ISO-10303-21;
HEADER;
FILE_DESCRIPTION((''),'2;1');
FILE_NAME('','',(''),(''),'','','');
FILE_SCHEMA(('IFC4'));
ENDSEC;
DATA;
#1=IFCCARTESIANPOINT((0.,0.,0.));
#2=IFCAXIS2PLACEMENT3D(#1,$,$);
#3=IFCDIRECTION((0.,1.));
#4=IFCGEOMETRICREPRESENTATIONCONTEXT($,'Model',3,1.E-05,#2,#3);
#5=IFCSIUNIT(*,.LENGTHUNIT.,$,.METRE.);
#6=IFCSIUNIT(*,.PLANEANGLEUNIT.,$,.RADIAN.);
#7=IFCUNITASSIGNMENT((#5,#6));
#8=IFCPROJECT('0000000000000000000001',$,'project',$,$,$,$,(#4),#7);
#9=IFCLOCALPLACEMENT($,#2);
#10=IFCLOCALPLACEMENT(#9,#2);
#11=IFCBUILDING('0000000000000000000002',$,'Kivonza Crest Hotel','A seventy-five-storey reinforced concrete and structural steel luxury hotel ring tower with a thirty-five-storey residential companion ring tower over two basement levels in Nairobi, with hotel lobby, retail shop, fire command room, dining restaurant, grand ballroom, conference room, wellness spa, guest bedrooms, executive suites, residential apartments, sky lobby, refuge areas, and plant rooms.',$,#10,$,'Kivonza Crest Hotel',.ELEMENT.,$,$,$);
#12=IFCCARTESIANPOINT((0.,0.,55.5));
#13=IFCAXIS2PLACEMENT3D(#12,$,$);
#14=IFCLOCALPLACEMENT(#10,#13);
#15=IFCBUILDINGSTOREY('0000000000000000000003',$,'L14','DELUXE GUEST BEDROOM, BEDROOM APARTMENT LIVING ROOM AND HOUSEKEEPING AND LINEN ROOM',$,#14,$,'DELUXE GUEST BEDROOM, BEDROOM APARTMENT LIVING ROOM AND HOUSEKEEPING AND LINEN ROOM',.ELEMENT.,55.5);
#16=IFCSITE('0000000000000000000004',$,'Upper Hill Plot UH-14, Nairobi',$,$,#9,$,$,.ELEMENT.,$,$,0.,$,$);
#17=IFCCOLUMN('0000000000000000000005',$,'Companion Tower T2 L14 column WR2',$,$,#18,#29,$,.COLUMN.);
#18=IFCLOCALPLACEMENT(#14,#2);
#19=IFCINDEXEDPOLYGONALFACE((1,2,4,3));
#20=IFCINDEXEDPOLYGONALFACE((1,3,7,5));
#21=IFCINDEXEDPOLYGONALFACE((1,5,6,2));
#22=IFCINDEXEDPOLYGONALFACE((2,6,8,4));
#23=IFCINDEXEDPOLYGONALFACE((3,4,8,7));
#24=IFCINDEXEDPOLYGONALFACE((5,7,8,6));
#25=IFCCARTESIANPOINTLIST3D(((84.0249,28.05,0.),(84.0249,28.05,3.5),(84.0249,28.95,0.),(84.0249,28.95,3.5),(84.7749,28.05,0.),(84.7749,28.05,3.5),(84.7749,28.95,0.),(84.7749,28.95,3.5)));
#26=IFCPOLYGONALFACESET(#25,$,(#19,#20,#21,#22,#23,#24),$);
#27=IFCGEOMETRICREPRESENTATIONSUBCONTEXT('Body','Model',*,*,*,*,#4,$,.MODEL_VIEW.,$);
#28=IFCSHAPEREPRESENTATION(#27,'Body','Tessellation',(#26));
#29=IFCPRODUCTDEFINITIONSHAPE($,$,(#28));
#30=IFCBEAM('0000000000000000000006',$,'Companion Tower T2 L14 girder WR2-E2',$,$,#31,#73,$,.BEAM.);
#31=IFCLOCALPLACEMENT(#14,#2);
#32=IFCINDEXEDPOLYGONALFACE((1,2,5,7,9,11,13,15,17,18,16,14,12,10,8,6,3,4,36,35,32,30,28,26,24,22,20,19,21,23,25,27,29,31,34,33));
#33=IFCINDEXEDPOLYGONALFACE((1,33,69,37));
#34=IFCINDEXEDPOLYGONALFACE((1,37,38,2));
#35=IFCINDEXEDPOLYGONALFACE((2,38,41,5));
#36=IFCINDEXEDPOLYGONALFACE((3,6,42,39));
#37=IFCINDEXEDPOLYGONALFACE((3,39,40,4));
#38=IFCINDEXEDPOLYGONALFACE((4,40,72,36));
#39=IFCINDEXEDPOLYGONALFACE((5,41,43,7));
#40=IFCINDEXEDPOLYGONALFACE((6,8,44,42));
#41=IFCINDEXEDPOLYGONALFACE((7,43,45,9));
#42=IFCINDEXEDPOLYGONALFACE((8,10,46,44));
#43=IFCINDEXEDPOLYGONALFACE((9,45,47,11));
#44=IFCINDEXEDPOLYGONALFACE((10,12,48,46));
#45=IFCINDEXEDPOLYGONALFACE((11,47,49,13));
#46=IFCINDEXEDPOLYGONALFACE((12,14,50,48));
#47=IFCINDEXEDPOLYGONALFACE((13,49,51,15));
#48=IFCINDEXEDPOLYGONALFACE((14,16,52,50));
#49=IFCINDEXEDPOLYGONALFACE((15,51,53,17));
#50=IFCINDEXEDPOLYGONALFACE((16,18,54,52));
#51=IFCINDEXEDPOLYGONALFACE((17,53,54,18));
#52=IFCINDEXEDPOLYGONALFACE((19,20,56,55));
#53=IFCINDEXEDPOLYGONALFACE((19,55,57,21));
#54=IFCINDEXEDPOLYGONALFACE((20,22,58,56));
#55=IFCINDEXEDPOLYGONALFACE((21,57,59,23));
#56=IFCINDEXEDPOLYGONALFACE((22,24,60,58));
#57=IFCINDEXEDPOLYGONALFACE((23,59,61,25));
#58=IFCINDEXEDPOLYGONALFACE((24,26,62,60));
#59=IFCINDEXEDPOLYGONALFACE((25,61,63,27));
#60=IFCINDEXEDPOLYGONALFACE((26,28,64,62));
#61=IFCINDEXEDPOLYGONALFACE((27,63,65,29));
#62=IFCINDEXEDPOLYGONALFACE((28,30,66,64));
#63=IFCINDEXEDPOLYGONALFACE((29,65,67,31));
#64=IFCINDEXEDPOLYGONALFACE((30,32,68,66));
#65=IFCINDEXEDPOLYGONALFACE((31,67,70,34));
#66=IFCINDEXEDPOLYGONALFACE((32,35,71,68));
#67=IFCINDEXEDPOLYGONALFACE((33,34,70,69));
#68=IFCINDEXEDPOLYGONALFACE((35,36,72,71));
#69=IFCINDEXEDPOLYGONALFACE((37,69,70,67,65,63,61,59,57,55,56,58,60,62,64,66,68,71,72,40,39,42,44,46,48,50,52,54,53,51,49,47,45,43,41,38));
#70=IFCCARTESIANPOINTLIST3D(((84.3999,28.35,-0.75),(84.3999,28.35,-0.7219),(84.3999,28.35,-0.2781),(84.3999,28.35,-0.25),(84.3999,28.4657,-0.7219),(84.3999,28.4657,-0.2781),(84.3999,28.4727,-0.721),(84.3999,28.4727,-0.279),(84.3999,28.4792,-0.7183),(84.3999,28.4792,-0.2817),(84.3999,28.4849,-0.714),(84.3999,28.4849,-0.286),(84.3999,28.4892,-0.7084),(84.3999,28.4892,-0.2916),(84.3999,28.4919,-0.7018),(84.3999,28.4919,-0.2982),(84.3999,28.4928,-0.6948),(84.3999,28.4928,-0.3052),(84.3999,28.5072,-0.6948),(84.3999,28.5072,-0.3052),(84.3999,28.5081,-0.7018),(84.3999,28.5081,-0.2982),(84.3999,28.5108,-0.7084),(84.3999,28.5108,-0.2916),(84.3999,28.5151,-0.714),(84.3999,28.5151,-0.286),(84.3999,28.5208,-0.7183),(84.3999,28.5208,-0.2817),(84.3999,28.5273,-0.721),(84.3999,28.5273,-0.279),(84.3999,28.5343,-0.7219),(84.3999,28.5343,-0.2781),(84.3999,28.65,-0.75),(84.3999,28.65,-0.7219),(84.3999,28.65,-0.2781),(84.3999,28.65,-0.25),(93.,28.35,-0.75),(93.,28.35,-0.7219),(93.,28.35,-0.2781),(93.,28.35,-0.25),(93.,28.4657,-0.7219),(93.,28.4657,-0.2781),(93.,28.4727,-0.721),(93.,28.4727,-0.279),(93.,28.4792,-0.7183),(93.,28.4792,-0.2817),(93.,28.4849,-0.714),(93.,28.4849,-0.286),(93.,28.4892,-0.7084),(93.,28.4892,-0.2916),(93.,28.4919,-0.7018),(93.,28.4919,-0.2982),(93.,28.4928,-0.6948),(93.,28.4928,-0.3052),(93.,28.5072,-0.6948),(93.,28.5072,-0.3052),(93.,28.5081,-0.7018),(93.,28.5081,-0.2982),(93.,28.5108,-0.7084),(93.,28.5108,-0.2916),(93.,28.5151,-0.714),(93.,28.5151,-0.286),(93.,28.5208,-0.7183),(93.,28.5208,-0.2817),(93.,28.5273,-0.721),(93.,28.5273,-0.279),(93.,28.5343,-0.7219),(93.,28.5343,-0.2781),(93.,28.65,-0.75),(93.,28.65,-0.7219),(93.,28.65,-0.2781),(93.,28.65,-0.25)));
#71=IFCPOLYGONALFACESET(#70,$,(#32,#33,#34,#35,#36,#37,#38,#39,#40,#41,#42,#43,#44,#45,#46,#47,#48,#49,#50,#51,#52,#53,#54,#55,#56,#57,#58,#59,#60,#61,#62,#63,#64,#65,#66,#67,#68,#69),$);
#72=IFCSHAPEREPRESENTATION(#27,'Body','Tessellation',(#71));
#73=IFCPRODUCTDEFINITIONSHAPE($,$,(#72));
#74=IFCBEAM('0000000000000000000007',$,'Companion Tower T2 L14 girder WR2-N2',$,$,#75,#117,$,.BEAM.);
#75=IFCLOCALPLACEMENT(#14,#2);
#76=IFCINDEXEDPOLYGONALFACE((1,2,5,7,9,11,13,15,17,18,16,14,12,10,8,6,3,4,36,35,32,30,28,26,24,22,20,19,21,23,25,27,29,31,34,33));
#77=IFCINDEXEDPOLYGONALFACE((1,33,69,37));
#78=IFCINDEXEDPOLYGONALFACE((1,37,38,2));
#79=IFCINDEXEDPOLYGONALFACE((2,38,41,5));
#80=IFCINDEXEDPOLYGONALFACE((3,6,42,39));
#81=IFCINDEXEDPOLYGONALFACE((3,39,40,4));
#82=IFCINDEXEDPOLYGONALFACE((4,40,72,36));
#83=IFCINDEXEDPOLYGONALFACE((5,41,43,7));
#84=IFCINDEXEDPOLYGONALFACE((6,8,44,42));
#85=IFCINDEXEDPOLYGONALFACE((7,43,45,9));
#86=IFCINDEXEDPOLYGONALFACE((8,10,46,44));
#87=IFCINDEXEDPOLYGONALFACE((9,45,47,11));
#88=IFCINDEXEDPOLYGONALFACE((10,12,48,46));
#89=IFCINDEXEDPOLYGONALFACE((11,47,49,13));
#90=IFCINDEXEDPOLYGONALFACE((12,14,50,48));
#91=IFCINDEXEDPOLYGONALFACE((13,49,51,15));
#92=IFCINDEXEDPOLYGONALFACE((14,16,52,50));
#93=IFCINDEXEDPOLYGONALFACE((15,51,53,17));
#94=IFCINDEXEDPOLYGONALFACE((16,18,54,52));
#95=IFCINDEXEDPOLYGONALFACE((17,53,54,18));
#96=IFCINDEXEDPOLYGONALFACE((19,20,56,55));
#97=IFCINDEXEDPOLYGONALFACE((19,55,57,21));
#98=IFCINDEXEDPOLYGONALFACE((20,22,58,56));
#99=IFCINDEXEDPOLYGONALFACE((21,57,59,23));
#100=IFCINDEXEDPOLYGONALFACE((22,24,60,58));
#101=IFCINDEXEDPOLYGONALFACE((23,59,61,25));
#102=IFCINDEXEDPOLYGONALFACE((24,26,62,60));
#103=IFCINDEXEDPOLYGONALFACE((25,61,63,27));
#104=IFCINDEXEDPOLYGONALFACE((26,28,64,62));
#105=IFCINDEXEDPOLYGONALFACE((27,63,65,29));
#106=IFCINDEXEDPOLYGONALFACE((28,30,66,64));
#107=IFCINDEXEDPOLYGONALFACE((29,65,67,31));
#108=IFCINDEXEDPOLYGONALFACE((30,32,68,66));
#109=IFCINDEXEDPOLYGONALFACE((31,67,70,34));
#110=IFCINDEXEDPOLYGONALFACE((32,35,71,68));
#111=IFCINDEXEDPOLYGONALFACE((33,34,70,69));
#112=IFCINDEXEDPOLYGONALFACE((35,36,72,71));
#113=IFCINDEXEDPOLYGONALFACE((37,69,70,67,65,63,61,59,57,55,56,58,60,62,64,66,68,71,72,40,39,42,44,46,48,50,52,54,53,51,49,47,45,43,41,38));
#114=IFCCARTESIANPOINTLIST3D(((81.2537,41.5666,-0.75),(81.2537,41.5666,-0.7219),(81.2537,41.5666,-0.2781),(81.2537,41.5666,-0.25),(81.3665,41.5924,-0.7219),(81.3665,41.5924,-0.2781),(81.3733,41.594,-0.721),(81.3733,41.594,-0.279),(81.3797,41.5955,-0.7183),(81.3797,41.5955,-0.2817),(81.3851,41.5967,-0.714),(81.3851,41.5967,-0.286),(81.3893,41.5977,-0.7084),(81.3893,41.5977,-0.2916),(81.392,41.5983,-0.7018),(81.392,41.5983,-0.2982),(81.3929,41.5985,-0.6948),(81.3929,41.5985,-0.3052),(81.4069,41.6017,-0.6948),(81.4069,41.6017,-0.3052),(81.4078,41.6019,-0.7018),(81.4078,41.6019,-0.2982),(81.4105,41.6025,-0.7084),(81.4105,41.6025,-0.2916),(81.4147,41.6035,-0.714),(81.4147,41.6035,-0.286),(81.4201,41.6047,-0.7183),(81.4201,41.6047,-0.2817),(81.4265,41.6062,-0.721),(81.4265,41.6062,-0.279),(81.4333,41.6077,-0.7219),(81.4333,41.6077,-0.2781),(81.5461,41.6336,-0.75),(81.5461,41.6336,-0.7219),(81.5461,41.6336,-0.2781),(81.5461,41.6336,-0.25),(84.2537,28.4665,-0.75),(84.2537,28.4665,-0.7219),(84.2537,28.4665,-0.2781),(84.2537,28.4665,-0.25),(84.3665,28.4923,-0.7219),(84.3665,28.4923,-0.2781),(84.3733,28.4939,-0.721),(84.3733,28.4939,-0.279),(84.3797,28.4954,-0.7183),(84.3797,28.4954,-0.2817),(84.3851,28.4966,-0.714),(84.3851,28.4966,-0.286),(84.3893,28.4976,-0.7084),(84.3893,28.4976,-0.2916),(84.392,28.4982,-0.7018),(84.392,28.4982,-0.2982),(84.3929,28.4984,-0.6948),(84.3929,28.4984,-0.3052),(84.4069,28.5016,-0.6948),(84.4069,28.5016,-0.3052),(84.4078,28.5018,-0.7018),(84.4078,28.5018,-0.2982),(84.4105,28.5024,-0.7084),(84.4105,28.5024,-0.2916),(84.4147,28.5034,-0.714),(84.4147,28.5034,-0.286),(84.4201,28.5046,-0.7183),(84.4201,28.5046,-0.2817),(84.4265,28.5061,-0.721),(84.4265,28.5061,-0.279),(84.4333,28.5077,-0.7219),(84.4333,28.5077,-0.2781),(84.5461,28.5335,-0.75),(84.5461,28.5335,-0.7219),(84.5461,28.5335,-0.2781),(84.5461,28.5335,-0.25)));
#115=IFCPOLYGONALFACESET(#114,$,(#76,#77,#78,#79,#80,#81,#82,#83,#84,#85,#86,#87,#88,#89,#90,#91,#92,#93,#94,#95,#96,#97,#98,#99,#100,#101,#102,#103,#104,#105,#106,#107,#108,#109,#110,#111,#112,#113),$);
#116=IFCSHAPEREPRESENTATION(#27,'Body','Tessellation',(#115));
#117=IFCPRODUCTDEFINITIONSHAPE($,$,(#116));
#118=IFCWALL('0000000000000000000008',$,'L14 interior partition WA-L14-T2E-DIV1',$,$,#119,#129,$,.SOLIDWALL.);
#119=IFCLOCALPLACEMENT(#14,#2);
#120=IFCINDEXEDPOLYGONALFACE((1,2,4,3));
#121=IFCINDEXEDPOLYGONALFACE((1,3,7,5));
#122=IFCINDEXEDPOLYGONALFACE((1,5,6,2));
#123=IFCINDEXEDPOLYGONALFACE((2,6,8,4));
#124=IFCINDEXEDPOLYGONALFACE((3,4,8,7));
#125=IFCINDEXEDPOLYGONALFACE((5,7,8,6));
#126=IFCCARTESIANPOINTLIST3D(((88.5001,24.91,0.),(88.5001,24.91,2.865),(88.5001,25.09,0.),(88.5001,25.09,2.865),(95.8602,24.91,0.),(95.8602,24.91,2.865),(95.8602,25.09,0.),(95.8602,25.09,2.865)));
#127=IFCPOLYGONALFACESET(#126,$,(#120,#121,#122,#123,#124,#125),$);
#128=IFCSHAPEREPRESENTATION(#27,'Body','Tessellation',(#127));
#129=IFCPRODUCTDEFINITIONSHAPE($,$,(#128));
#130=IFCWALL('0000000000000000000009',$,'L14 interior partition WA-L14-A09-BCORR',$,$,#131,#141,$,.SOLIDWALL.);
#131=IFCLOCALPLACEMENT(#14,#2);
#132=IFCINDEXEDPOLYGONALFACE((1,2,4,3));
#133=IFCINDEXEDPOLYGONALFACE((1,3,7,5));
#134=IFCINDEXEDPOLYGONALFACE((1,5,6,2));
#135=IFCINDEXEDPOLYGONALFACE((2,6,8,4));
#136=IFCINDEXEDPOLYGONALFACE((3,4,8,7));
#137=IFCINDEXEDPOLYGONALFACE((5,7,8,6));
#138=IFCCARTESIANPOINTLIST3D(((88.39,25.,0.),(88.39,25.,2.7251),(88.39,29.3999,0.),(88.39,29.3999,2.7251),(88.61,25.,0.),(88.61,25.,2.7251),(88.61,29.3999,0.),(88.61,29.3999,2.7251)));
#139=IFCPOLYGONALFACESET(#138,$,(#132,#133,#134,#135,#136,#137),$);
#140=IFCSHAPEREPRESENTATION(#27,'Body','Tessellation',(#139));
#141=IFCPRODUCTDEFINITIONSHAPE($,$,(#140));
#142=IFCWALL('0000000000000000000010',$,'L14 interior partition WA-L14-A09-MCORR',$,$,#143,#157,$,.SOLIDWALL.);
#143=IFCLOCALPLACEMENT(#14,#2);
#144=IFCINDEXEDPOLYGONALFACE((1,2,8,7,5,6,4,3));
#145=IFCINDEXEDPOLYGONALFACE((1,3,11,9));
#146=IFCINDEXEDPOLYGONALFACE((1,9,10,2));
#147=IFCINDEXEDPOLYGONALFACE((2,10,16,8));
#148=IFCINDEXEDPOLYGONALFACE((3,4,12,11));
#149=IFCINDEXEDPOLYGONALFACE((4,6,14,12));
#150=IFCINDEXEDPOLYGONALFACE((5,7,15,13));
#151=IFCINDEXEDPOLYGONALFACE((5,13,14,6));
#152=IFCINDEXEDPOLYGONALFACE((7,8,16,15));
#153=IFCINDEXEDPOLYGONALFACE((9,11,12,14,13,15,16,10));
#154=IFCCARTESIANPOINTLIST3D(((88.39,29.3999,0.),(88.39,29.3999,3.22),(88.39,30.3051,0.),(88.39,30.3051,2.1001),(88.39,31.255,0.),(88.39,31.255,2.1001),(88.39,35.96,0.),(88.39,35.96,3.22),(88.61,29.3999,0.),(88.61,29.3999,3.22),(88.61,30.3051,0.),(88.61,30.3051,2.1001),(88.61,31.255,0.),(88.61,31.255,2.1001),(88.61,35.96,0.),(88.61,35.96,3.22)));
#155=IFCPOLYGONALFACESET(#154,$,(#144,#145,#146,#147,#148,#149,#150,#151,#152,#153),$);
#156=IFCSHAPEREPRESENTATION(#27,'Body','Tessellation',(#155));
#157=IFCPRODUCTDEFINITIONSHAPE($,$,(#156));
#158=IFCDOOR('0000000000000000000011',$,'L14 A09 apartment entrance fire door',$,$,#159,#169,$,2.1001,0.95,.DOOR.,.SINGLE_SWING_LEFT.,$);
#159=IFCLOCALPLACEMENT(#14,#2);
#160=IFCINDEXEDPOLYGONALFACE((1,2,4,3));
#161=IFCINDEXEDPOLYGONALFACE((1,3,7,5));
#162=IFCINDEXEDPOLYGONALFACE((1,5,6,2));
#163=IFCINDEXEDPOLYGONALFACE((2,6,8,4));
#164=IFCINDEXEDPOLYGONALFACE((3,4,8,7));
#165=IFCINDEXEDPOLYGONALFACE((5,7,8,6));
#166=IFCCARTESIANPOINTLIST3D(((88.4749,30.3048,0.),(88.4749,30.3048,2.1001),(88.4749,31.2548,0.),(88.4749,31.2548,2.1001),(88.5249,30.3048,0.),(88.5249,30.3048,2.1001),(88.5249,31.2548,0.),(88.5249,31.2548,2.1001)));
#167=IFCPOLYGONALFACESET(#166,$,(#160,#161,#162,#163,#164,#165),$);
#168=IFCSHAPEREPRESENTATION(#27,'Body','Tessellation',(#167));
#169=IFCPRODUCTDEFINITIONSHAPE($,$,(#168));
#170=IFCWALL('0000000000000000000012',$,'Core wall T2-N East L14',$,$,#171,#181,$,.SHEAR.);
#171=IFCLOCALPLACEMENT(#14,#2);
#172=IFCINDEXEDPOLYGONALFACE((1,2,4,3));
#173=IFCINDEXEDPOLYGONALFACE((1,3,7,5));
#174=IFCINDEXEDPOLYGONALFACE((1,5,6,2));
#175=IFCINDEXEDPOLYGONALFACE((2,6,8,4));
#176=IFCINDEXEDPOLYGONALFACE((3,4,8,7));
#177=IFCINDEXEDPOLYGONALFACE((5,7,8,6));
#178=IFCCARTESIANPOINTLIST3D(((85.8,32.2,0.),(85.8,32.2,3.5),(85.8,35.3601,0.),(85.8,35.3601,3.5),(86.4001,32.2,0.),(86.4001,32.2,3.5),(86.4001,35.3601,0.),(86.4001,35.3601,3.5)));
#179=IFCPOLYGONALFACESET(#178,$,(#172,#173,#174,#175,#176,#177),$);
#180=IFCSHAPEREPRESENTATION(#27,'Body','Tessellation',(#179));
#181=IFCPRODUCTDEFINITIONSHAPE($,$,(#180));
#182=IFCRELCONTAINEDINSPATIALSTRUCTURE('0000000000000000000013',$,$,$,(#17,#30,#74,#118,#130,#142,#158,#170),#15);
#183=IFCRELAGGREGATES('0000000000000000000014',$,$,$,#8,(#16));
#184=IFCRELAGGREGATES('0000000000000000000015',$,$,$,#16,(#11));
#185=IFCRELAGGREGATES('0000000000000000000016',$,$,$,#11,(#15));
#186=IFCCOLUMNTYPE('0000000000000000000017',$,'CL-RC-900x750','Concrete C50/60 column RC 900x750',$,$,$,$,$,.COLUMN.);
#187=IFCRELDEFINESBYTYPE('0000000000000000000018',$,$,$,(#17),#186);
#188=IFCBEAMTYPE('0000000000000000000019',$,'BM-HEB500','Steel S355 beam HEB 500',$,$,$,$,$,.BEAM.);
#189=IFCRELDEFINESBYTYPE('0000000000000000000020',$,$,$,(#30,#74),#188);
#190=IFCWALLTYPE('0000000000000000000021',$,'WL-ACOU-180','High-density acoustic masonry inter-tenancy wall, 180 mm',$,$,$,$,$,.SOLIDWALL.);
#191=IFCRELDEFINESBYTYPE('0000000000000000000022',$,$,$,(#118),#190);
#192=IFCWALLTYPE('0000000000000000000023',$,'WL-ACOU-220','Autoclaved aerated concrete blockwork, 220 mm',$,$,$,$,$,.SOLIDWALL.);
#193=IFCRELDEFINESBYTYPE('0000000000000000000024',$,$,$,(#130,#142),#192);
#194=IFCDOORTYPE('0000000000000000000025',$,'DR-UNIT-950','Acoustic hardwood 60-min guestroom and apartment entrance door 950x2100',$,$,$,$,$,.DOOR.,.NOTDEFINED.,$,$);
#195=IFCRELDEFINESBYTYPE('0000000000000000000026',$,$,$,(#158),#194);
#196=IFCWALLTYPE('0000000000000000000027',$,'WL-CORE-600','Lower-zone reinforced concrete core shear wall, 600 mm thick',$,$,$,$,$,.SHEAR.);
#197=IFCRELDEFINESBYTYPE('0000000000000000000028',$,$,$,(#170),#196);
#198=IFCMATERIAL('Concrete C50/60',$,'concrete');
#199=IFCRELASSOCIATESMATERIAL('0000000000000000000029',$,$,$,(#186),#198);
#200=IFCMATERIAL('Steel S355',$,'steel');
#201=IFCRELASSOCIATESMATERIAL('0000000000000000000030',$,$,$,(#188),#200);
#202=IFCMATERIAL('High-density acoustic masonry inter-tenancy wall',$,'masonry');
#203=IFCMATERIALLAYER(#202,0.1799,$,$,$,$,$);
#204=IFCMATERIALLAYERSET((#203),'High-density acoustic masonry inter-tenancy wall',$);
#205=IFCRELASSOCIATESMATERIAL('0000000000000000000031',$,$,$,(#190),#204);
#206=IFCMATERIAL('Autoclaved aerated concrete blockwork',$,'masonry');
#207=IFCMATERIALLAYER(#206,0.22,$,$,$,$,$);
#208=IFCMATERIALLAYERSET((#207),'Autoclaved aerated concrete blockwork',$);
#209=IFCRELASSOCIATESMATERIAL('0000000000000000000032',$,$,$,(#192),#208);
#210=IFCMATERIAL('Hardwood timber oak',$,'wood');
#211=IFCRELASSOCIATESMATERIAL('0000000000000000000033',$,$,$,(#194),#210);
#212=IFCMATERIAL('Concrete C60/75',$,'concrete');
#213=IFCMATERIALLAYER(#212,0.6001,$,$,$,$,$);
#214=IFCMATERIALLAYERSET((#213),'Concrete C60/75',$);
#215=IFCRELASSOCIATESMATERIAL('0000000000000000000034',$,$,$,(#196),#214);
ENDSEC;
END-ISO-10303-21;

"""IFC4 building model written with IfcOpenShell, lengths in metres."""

from ifc_helpers import new_model, si_unit, direction, frame, frame_2d, origin, origin_2d, place, context, subcontext, project, spatial, rectangle, i_section, extrude, material, layer, layer_set, material_profile, profile_set, type_object, element, fill, save


model = new_model("IFC4")

# Units and contexts
model_context = context("Model", 3, precision=1e-05, world=origin(), true_north=direction((0.0, 1.0)))
body_context = subcontext(model_context, "Body", "Model", "MODEL_VIEW")
ifc_project = project(units=[si_unit("LENGTHUNIT", "METRE"), si_unit("PLANEANGLEUNIT", "RADIAN")], contexts=[model_context])

# Site, building, storey
site_placement = place(None, origin())
site = spatial("IfcSite", under=ifc_project, at=site_placement, Name="Upper Hill Plot UH-14, Nairobi", CompositionType="ELEMENT", RefElevation=0.0)
building_placement = place(site_placement, origin())
building = spatial("IfcBuilding", under=site, at=building_placement, Name="Kivonza Crest Hotel", Description="A seventy-five-storey reinforced concrete and structural steel luxury hotel ring tower with a thirty-five-storey residential companion ring tower over two basement levels in Nairobi, with hotel lobby, retail shop, fire command room, dining restaurant, grand ballroom, conference room, wellness spa, guest bedrooms, executive suites, residential apartments, sky lobby, refuge areas, and plant rooms.", LongName="Kivonza Crest Hotel", CompositionType="ELEMENT")
storey_placement = place(building_placement, frame((0.0, 0.0, 55.5)))
storey = spatial("IfcBuildingStorey", under=building, at=storey_placement, Name="L14", Description="DELUXE GUEST BEDROOM, BEDROOM APARTMENT LIVING ROOM AND HOUSEKEEPING AND LINEN ROOM", LongName="DELUXE GUEST BEDROOM, BEDROOM APARTMENT LIVING ROOM AND HOUSEKEEPING AND LINEN ROOM", CompositionType="ELEMENT", Elevation=55.5)

# Column
ifc_material_1 = material(Name="Concrete C50/60", Category="concrete")
ifc_material_profile_1 = material_profile(ifc_material_1, rectangle(XDim=0.75, YDim=0.8999, at=origin_2d()), Name="RC 900x750")
ifc_profile_set_1 = profile_set([ifc_material_profile_1], Name="Concrete C50/60")
column_type = type_object("IfcColumnType", Name="CL-RC-900x750", Description="Concrete C50/60 column RC 900x750", PredefinedType="COLUMN", material=ifc_profile_set_1)
column_placement = place(storey_placement, frame((84.3999, 28.5, 0.0), z_axis=(0.0, 0.0, 1.0), x_axis=(1.0, 0.0, 0.0)))
element("IfcColumn", 1, at=column_placement, inside=storey, type_object=column_type, Name="Companion Tower T2 L14 column WR2", PredefinedType="COLUMN", context=body_context, shape_type="SweptSolid", body=[
    extrude(rectangle(XDim=0.75, YDim=0.8999, at=origin_2d()), origin(), (0.0, 0.0, 1.0), 3.5),
])

# Beams
ifc_material_2 = material(Name="Steel S355", Category="steel")
ifc_material_profile_2 = material_profile(ifc_material_2, i_section(OverallWidth=0.3, OverallDepth=0.5, WebThickness=0.0144, FlangeThickness=0.0281, FilletRadius=0.0271, at=origin_2d()), Name="HEB 500")
ifc_profile_set_2 = profile_set([ifc_material_profile_2], Name="Steel S355")
beam_type = type_object("IfcBeamType", Name="BM-HEB500", Description="Steel S355 beam HEB 500", PredefinedType="BEAM", material=ifc_profile_set_2)
beam_1_placement = place(storey_placement, frame((84.3999, 28.5, -0.5), z_axis=(1.0, 0.0, 0.0), x_axis=(0.0, 1.0, 0.0)))
element("IfcBeam", 2, at=beam_1_placement, inside=storey, type_object=beam_type, Name="Companion Tower T2 L14 girder WR2-E2", PredefinedType="BEAM", context=body_context, shape_type="SweptSolid", body=[
    extrude(i_section(OverallWidth=0.3, OverallDepth=0.5, WebThickness=0.0144, FlangeThickness=0.0281, FilletRadius=0.0271, at=origin_2d()), origin(), (0.0, 0.0, 1.0), 8.6001),
])
beam_2_placement = place(storey_placement, frame((84.3999, 28.5, -0.5), z_axis=(-0.223227, 0.974766, 0.0), x_axis=(-0.974766, -0.223227, 0.0)))
element("IfcBeam", 3, at=beam_2_placement, inside=storey, type_object=beam_type, Name="Companion Tower T2 L14 girder WR2-N2", PredefinedType="BEAM", context=body_context, shape_type="SweptSolid", body=[
    extrude(i_section(OverallWidth=0.3, OverallDepth=0.5, WebThickness=0.0144, FlangeThickness=0.0281, FilletRadius=0.0271, at=origin_2d()), origin(), (0.0, 0.0, 1.0), 13.4392),
])

# Walls
ifc_material_3 = material(Name="High-density acoustic masonry inter-tenancy wall", Category="masonry")
ifc_layer_1 = layer(ifc_material_3, 0.1799)
ifc_layer_set_1 = layer_set([ifc_layer_1], Name="High-density acoustic masonry inter-tenancy wall")
wall_type_1 = type_object("IfcWallType", Name="WL-ACOU-180", Description="High-density acoustic masonry inter-tenancy wall, 180 mm", PredefinedType="SOLIDWALL", material=ifc_layer_set_1)
wall_1_placement = place(storey_placement, frame((88.5, 25.0, 0.0), z_axis=(0.0, 0.0, 1.0), x_axis=(1.0, 0.0, 0.0)))
element("IfcWall", 4, at=wall_1_placement, inside=storey, type_object=wall_type_1, Name="L14 interior partition WA-L14-T2E-DIV1", PredefinedType="SOLIDWALL", context=body_context, shape_type="SweptSolid", body=[
    extrude(rectangle(XDim=7.3601, YDim=0.1799, at=frame_2d((3.6802, 0.0))), origin(), (0.0, 0.0, 1.0), 2.865),
])
ifc_material_4 = material(Name="Autoclaved aerated concrete blockwork", Category="masonry")
ifc_layer_2 = layer(ifc_material_4, 0.22)
ifc_layer_set_2 = layer_set([ifc_layer_2], Name="Autoclaved aerated concrete blockwork")
wall_type_2 = type_object("IfcWallType", Name="WL-ACOU-220", Description="Autoclaved aerated concrete blockwork, 220 mm", PredefinedType="SOLIDWALL", material=ifc_layer_set_2)
wall_2_placement = place(storey_placement, frame((88.5, 25.0, 0.0), z_axis=(0.0, 0.0, 1.0), x_axis=(0.0, 1.0, 0.0)))
element("IfcWall", 5, at=wall_2_placement, inside=storey, type_object=wall_type_2, Name="L14 interior partition WA-L14-A09-BCORR", PredefinedType="SOLIDWALL", context=body_context, shape_type="SweptSolid", body=[
    extrude(rectangle(XDim=4.3999, YDim=0.22, at=frame_2d((2.2, 0.0))), origin(), (0.0, 0.0, 1.0), 2.7251),
])

# Wall, opening, door
wall_3_placement = place(storey_placement, frame((88.5, 29.3999, 0.0), z_axis=(0.0, 0.0, 1.0), x_axis=(0.0, 1.0, 0.0)))
wall_3 = element("IfcWall", 6, at=wall_3_placement, inside=storey, type_object=wall_type_2, Name="L14 interior partition WA-L14-A09-MCORR", PredefinedType="SOLIDWALL", context=body_context, shape_type="SweptSolid", body=[
    extrude(rectangle(XDim=6.5601, YDim=0.22, at=frame_2d((3.28, 0.0))), origin(), (0.0, 0.0, 1.0), 3.22),
])
opening_1_placement = place(wall_3_placement, frame((0.905, 0.0, 0.0)))
opening_1 = element("IfcOpeningElement", 7, at=opening_1_placement, cuts=wall_3, PredefinedType="OPENING", context=body_context, shape_type="SweptSolid", body=[
    extrude(rectangle(XDim=0.95, YDim=2.1001, at=frame_2d((0.4751, 1.05))), frame((0.0, 0.1201, 0.0), z_axis=(0.0, -1.0, 0.0), x_axis=(1.0, 0.0, 0.0)), (0.0, 0.0, 1.0), 0.24),
])
ifc_material_5 = material(Name="Hardwood timber oak", Category="wood")
door_type_1 = type_object("IfcDoorType", Name="DR-UNIT-950", Description="Acoustic hardwood 60-min guestroom and apartment entrance door 950x2100", OperationType="NOTDEFINED", PredefinedType="DOOR", material=ifc_material_5)
door_1_placement = place(opening_1_placement, frame((0.95, 0.0, 0.0), z_axis=(0.0, 0.0, 1.0), x_axis=(-1.0, 0.0, 0.0)))
door_1 = element("IfcDoor", 8, at=door_1_placement, inside=storey, type_object=door_type_1, Name="L14 A09 apartment entrance fire door", OperationType="SINGLE_SWING_LEFT", OverallHeight=2.1001, OverallWidth=0.95, PredefinedType="DOOR", context=body_context, shape_type="SweptSolid", body=[
    extrude(rectangle(XDim=0.95, YDim=2.1001, at=frame_2d((0.4751, 1.05))), frame((0.0, 0.0249, 0.0), z_axis=(0.0, -1.0, 0.0), x_axis=(1.0, 0.0, 0.0)), (0.0, 0.0, 1.0), 0.05),
])
fill(opening_1, door_1)

# Wall
ifc_material_6 = material(Name="Concrete C60/75", Category="concrete")
ifc_layer_3 = layer(ifc_material_6, 0.6001)
ifc_layer_set_3 = layer_set([ifc_layer_3], Name="Concrete C60/75")
wall_type_3 = type_object("IfcWallType", Name="WL-CORE-600", Description="Lower-zone reinforced concrete core shear wall, 600 mm thick", PredefinedType="SHEAR", material=ifc_layer_set_3)
wall_4_placement = place(storey_placement, frame((86.1001, 32.2, 0.0), z_axis=(0.0, 0.0, 1.0), x_axis=(0.0, 1.0, 0.0)))
element("IfcWall", 9, at=wall_4_placement, inside=storey, type_object=wall_type_3, Name="Core wall T2-N East L14", PredefinedType="SHEAR", context=body_context, shape_type="SweptSolid", body=[
    extrude(rectangle(XDim=3.1602, YDim=0.6001, at=frame_2d((1.5801, 0.0))), origin(), (0.0, 0.0, 1.0), 3.5),
])

save(model, "model.ifc")
